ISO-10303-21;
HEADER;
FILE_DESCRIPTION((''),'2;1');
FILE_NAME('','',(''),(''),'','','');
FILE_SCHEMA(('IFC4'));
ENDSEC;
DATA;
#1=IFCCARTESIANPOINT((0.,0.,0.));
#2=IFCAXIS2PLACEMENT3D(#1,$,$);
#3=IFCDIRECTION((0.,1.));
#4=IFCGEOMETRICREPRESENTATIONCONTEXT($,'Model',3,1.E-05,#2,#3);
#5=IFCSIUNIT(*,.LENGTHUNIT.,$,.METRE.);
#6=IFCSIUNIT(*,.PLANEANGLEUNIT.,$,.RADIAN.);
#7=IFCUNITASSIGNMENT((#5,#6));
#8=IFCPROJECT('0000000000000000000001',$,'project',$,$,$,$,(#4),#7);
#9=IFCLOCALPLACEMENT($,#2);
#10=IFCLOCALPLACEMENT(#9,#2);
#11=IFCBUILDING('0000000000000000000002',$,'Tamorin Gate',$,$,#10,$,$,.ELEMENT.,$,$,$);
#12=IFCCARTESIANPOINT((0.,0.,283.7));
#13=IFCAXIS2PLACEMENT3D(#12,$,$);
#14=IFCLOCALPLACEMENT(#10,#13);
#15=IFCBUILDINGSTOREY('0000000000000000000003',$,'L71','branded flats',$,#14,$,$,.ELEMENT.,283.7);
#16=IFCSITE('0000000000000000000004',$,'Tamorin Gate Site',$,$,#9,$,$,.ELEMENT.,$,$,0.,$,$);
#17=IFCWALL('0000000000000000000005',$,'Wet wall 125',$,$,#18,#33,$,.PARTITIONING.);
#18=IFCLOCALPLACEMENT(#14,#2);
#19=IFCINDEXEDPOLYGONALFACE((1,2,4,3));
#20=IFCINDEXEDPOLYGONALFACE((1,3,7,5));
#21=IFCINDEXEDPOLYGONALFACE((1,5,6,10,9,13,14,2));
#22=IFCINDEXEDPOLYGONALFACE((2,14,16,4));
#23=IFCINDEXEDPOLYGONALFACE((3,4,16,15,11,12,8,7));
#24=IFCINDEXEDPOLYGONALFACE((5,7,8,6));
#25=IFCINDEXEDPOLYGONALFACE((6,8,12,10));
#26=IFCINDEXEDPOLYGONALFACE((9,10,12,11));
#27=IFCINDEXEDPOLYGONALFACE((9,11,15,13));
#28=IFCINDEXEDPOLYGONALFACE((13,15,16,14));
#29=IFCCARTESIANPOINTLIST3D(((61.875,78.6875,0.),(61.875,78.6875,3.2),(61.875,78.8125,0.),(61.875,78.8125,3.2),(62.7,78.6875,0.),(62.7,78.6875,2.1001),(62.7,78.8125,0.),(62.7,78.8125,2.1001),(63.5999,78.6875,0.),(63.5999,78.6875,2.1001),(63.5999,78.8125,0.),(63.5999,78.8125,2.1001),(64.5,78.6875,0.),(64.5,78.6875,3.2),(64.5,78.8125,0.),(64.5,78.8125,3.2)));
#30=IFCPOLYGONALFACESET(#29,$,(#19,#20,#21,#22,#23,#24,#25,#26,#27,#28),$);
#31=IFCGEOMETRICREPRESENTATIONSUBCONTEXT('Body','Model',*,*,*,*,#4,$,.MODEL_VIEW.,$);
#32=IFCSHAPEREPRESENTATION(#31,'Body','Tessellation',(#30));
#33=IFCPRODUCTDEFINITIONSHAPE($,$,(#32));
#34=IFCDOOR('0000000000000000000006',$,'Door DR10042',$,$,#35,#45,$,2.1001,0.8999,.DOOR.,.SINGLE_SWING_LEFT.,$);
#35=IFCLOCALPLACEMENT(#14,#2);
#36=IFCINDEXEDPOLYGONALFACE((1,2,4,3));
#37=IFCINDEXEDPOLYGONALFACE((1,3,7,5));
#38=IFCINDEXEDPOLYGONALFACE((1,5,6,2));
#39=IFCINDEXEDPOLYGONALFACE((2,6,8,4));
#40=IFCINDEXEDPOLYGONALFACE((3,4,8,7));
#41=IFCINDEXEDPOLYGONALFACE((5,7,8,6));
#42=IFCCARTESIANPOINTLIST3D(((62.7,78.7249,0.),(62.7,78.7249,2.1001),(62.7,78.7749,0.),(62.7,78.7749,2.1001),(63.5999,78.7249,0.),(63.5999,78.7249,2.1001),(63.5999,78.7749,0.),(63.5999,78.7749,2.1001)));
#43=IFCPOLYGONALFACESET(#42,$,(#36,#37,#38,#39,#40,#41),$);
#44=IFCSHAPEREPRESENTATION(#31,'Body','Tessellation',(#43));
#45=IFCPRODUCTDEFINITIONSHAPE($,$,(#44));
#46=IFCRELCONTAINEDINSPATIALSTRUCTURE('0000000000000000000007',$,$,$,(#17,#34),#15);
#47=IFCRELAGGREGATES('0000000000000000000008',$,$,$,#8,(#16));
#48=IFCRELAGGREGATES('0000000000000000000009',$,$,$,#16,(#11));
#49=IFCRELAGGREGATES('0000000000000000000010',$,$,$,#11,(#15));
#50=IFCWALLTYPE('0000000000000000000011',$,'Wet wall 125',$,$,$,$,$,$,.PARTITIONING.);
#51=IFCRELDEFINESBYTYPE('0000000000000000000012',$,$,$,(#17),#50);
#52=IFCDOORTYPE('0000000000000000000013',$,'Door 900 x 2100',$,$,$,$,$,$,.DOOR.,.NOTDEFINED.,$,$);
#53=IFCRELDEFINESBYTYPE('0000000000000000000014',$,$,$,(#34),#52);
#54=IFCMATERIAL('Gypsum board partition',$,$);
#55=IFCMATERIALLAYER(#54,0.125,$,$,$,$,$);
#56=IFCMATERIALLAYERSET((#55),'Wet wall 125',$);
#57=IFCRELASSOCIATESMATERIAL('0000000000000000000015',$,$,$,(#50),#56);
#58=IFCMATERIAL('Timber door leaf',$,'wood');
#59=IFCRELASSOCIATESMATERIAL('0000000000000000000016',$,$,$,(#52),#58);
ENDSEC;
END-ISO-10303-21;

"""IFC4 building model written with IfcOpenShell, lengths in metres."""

from ifc_helpers import new_model, si_unit, direction, frame, frame_2d, origin, place, context, subcontext, project, spatial, rectangle, extrude, material, layer, layer_set, type_object, element, fill, save


model = new_model("IFC4")

# Units and contexts
model_context = context("Model", 3, precision=1e-05, world=origin(), true_north=direction((0.0, 1.0)))
body_context = subcontext(model_context, "Body", "Model", "MODEL_VIEW")
ifc_project = project(units=[si_unit("LENGTHUNIT", "METRE"), si_unit("PLANEANGLEUNIT", "RADIAN")], contexts=[model_context])

# Site, building, storey
site_placement = place(None, origin())
site = spatial("IfcSite", under=ifc_project, at=site_placement, Name="Tamorin Gate Site", CompositionType="ELEMENT", RefElevation=0.0)
building_placement = place(site_placement, origin())
building = spatial("IfcBuilding", under=site, at=building_placement, Name="Tamorin Gate", CompositionType="ELEMENT")
storey_placement = place(building_placement, frame((0.0, 0.0, 283.7)))
storey = spatial("IfcBuildingStorey", under=building, at=storey_placement, Name="L71", Description="branded flats", CompositionType="ELEMENT", Elevation=283.7)

# Shared definitions
ifc_material_1 = material(Name="Gypsum board partition")

# Shared definitions
ifc_layer_1 = layer(ifc_material_1, 0.125)
ifc_layer_set_1 = layer_set([ifc_layer_1], Name="Wet wall 125")
wall_type_1 = type_object("IfcWallType", Name="Wet wall 125", PredefinedType="PARTITIONING", material=ifc_layer_set_1)

# Shared definitions
ifc_material_2 = material(Name="Timber door leaf", Category="wood")
door_type_1 = type_object("IfcDoorType", Name="Door 900 x 2100", OperationType="NOTDEFINED", PredefinedType="DOOR", material=ifc_material_2)

# Wall, opening, door
wall_1_placement = place(storey_placement, frame((61.875, 78.75, 0.0), z_axis=(0.0, 0.0, 1.0), x_axis=(1.0, 0.0, 0.0)))
wall_1 = element("IfcWall", 1, at=wall_1_placement, inside=storey, type_object=wall_type_1, Name="Wet wall 125", PredefinedType="PARTITIONING", context=body_context, shape_type="SweptSolid", body=[
    extrude(rectangle(XDim=2.625, YDim=0.125, at=frame_2d((1.3125, 0.0))), origin(), (0.0, 0.0, 1.0), 3.2),
])
opening_1_placement = place(wall_1_placement, frame((0.825, 0.0, 0.0)))
opening_1 = element("IfcOpeningElement", 2, at=opening_1_placement, cuts=wall_1, PredefinedType="OPENING", context=body_context, shape_type="SweptSolid", body=[
    extrude(rectangle(XDim=0.8999, YDim=2.1001, at=frame_2d((0.45, 1.05))), frame((0.0, 0.0725, 0.0), z_axis=(0.0, -1.0, 0.0), x_axis=(1.0, 0.0, 0.0)), (0.0, 0.0, 1.0), 0.145),
])
door_1_placement = place(opening_1_placement, origin())
door_1 = element("IfcDoor", 3, at=door_1_placement, inside=storey, type_object=door_type_1, Name="Door DR10042", OperationType="SINGLE_SWING_LEFT", OverallHeight=2.1001, OverallWidth=0.8999, PredefinedType="DOOR", context=body_context, shape_type="SweptSolid", body=[
    extrude(rectangle(XDim=0.8999, YDim=2.1001, at=frame_2d((0.45, 1.05))), frame((0.0, 0.0249, 0.0), z_axis=(0.0, -1.0, 0.0), x_axis=(1.0, 0.0, 0.0)), (0.0, 0.0, 1.0), 0.05),
])
fill(opening_1, door_1)

save(model, "model.ifc")
